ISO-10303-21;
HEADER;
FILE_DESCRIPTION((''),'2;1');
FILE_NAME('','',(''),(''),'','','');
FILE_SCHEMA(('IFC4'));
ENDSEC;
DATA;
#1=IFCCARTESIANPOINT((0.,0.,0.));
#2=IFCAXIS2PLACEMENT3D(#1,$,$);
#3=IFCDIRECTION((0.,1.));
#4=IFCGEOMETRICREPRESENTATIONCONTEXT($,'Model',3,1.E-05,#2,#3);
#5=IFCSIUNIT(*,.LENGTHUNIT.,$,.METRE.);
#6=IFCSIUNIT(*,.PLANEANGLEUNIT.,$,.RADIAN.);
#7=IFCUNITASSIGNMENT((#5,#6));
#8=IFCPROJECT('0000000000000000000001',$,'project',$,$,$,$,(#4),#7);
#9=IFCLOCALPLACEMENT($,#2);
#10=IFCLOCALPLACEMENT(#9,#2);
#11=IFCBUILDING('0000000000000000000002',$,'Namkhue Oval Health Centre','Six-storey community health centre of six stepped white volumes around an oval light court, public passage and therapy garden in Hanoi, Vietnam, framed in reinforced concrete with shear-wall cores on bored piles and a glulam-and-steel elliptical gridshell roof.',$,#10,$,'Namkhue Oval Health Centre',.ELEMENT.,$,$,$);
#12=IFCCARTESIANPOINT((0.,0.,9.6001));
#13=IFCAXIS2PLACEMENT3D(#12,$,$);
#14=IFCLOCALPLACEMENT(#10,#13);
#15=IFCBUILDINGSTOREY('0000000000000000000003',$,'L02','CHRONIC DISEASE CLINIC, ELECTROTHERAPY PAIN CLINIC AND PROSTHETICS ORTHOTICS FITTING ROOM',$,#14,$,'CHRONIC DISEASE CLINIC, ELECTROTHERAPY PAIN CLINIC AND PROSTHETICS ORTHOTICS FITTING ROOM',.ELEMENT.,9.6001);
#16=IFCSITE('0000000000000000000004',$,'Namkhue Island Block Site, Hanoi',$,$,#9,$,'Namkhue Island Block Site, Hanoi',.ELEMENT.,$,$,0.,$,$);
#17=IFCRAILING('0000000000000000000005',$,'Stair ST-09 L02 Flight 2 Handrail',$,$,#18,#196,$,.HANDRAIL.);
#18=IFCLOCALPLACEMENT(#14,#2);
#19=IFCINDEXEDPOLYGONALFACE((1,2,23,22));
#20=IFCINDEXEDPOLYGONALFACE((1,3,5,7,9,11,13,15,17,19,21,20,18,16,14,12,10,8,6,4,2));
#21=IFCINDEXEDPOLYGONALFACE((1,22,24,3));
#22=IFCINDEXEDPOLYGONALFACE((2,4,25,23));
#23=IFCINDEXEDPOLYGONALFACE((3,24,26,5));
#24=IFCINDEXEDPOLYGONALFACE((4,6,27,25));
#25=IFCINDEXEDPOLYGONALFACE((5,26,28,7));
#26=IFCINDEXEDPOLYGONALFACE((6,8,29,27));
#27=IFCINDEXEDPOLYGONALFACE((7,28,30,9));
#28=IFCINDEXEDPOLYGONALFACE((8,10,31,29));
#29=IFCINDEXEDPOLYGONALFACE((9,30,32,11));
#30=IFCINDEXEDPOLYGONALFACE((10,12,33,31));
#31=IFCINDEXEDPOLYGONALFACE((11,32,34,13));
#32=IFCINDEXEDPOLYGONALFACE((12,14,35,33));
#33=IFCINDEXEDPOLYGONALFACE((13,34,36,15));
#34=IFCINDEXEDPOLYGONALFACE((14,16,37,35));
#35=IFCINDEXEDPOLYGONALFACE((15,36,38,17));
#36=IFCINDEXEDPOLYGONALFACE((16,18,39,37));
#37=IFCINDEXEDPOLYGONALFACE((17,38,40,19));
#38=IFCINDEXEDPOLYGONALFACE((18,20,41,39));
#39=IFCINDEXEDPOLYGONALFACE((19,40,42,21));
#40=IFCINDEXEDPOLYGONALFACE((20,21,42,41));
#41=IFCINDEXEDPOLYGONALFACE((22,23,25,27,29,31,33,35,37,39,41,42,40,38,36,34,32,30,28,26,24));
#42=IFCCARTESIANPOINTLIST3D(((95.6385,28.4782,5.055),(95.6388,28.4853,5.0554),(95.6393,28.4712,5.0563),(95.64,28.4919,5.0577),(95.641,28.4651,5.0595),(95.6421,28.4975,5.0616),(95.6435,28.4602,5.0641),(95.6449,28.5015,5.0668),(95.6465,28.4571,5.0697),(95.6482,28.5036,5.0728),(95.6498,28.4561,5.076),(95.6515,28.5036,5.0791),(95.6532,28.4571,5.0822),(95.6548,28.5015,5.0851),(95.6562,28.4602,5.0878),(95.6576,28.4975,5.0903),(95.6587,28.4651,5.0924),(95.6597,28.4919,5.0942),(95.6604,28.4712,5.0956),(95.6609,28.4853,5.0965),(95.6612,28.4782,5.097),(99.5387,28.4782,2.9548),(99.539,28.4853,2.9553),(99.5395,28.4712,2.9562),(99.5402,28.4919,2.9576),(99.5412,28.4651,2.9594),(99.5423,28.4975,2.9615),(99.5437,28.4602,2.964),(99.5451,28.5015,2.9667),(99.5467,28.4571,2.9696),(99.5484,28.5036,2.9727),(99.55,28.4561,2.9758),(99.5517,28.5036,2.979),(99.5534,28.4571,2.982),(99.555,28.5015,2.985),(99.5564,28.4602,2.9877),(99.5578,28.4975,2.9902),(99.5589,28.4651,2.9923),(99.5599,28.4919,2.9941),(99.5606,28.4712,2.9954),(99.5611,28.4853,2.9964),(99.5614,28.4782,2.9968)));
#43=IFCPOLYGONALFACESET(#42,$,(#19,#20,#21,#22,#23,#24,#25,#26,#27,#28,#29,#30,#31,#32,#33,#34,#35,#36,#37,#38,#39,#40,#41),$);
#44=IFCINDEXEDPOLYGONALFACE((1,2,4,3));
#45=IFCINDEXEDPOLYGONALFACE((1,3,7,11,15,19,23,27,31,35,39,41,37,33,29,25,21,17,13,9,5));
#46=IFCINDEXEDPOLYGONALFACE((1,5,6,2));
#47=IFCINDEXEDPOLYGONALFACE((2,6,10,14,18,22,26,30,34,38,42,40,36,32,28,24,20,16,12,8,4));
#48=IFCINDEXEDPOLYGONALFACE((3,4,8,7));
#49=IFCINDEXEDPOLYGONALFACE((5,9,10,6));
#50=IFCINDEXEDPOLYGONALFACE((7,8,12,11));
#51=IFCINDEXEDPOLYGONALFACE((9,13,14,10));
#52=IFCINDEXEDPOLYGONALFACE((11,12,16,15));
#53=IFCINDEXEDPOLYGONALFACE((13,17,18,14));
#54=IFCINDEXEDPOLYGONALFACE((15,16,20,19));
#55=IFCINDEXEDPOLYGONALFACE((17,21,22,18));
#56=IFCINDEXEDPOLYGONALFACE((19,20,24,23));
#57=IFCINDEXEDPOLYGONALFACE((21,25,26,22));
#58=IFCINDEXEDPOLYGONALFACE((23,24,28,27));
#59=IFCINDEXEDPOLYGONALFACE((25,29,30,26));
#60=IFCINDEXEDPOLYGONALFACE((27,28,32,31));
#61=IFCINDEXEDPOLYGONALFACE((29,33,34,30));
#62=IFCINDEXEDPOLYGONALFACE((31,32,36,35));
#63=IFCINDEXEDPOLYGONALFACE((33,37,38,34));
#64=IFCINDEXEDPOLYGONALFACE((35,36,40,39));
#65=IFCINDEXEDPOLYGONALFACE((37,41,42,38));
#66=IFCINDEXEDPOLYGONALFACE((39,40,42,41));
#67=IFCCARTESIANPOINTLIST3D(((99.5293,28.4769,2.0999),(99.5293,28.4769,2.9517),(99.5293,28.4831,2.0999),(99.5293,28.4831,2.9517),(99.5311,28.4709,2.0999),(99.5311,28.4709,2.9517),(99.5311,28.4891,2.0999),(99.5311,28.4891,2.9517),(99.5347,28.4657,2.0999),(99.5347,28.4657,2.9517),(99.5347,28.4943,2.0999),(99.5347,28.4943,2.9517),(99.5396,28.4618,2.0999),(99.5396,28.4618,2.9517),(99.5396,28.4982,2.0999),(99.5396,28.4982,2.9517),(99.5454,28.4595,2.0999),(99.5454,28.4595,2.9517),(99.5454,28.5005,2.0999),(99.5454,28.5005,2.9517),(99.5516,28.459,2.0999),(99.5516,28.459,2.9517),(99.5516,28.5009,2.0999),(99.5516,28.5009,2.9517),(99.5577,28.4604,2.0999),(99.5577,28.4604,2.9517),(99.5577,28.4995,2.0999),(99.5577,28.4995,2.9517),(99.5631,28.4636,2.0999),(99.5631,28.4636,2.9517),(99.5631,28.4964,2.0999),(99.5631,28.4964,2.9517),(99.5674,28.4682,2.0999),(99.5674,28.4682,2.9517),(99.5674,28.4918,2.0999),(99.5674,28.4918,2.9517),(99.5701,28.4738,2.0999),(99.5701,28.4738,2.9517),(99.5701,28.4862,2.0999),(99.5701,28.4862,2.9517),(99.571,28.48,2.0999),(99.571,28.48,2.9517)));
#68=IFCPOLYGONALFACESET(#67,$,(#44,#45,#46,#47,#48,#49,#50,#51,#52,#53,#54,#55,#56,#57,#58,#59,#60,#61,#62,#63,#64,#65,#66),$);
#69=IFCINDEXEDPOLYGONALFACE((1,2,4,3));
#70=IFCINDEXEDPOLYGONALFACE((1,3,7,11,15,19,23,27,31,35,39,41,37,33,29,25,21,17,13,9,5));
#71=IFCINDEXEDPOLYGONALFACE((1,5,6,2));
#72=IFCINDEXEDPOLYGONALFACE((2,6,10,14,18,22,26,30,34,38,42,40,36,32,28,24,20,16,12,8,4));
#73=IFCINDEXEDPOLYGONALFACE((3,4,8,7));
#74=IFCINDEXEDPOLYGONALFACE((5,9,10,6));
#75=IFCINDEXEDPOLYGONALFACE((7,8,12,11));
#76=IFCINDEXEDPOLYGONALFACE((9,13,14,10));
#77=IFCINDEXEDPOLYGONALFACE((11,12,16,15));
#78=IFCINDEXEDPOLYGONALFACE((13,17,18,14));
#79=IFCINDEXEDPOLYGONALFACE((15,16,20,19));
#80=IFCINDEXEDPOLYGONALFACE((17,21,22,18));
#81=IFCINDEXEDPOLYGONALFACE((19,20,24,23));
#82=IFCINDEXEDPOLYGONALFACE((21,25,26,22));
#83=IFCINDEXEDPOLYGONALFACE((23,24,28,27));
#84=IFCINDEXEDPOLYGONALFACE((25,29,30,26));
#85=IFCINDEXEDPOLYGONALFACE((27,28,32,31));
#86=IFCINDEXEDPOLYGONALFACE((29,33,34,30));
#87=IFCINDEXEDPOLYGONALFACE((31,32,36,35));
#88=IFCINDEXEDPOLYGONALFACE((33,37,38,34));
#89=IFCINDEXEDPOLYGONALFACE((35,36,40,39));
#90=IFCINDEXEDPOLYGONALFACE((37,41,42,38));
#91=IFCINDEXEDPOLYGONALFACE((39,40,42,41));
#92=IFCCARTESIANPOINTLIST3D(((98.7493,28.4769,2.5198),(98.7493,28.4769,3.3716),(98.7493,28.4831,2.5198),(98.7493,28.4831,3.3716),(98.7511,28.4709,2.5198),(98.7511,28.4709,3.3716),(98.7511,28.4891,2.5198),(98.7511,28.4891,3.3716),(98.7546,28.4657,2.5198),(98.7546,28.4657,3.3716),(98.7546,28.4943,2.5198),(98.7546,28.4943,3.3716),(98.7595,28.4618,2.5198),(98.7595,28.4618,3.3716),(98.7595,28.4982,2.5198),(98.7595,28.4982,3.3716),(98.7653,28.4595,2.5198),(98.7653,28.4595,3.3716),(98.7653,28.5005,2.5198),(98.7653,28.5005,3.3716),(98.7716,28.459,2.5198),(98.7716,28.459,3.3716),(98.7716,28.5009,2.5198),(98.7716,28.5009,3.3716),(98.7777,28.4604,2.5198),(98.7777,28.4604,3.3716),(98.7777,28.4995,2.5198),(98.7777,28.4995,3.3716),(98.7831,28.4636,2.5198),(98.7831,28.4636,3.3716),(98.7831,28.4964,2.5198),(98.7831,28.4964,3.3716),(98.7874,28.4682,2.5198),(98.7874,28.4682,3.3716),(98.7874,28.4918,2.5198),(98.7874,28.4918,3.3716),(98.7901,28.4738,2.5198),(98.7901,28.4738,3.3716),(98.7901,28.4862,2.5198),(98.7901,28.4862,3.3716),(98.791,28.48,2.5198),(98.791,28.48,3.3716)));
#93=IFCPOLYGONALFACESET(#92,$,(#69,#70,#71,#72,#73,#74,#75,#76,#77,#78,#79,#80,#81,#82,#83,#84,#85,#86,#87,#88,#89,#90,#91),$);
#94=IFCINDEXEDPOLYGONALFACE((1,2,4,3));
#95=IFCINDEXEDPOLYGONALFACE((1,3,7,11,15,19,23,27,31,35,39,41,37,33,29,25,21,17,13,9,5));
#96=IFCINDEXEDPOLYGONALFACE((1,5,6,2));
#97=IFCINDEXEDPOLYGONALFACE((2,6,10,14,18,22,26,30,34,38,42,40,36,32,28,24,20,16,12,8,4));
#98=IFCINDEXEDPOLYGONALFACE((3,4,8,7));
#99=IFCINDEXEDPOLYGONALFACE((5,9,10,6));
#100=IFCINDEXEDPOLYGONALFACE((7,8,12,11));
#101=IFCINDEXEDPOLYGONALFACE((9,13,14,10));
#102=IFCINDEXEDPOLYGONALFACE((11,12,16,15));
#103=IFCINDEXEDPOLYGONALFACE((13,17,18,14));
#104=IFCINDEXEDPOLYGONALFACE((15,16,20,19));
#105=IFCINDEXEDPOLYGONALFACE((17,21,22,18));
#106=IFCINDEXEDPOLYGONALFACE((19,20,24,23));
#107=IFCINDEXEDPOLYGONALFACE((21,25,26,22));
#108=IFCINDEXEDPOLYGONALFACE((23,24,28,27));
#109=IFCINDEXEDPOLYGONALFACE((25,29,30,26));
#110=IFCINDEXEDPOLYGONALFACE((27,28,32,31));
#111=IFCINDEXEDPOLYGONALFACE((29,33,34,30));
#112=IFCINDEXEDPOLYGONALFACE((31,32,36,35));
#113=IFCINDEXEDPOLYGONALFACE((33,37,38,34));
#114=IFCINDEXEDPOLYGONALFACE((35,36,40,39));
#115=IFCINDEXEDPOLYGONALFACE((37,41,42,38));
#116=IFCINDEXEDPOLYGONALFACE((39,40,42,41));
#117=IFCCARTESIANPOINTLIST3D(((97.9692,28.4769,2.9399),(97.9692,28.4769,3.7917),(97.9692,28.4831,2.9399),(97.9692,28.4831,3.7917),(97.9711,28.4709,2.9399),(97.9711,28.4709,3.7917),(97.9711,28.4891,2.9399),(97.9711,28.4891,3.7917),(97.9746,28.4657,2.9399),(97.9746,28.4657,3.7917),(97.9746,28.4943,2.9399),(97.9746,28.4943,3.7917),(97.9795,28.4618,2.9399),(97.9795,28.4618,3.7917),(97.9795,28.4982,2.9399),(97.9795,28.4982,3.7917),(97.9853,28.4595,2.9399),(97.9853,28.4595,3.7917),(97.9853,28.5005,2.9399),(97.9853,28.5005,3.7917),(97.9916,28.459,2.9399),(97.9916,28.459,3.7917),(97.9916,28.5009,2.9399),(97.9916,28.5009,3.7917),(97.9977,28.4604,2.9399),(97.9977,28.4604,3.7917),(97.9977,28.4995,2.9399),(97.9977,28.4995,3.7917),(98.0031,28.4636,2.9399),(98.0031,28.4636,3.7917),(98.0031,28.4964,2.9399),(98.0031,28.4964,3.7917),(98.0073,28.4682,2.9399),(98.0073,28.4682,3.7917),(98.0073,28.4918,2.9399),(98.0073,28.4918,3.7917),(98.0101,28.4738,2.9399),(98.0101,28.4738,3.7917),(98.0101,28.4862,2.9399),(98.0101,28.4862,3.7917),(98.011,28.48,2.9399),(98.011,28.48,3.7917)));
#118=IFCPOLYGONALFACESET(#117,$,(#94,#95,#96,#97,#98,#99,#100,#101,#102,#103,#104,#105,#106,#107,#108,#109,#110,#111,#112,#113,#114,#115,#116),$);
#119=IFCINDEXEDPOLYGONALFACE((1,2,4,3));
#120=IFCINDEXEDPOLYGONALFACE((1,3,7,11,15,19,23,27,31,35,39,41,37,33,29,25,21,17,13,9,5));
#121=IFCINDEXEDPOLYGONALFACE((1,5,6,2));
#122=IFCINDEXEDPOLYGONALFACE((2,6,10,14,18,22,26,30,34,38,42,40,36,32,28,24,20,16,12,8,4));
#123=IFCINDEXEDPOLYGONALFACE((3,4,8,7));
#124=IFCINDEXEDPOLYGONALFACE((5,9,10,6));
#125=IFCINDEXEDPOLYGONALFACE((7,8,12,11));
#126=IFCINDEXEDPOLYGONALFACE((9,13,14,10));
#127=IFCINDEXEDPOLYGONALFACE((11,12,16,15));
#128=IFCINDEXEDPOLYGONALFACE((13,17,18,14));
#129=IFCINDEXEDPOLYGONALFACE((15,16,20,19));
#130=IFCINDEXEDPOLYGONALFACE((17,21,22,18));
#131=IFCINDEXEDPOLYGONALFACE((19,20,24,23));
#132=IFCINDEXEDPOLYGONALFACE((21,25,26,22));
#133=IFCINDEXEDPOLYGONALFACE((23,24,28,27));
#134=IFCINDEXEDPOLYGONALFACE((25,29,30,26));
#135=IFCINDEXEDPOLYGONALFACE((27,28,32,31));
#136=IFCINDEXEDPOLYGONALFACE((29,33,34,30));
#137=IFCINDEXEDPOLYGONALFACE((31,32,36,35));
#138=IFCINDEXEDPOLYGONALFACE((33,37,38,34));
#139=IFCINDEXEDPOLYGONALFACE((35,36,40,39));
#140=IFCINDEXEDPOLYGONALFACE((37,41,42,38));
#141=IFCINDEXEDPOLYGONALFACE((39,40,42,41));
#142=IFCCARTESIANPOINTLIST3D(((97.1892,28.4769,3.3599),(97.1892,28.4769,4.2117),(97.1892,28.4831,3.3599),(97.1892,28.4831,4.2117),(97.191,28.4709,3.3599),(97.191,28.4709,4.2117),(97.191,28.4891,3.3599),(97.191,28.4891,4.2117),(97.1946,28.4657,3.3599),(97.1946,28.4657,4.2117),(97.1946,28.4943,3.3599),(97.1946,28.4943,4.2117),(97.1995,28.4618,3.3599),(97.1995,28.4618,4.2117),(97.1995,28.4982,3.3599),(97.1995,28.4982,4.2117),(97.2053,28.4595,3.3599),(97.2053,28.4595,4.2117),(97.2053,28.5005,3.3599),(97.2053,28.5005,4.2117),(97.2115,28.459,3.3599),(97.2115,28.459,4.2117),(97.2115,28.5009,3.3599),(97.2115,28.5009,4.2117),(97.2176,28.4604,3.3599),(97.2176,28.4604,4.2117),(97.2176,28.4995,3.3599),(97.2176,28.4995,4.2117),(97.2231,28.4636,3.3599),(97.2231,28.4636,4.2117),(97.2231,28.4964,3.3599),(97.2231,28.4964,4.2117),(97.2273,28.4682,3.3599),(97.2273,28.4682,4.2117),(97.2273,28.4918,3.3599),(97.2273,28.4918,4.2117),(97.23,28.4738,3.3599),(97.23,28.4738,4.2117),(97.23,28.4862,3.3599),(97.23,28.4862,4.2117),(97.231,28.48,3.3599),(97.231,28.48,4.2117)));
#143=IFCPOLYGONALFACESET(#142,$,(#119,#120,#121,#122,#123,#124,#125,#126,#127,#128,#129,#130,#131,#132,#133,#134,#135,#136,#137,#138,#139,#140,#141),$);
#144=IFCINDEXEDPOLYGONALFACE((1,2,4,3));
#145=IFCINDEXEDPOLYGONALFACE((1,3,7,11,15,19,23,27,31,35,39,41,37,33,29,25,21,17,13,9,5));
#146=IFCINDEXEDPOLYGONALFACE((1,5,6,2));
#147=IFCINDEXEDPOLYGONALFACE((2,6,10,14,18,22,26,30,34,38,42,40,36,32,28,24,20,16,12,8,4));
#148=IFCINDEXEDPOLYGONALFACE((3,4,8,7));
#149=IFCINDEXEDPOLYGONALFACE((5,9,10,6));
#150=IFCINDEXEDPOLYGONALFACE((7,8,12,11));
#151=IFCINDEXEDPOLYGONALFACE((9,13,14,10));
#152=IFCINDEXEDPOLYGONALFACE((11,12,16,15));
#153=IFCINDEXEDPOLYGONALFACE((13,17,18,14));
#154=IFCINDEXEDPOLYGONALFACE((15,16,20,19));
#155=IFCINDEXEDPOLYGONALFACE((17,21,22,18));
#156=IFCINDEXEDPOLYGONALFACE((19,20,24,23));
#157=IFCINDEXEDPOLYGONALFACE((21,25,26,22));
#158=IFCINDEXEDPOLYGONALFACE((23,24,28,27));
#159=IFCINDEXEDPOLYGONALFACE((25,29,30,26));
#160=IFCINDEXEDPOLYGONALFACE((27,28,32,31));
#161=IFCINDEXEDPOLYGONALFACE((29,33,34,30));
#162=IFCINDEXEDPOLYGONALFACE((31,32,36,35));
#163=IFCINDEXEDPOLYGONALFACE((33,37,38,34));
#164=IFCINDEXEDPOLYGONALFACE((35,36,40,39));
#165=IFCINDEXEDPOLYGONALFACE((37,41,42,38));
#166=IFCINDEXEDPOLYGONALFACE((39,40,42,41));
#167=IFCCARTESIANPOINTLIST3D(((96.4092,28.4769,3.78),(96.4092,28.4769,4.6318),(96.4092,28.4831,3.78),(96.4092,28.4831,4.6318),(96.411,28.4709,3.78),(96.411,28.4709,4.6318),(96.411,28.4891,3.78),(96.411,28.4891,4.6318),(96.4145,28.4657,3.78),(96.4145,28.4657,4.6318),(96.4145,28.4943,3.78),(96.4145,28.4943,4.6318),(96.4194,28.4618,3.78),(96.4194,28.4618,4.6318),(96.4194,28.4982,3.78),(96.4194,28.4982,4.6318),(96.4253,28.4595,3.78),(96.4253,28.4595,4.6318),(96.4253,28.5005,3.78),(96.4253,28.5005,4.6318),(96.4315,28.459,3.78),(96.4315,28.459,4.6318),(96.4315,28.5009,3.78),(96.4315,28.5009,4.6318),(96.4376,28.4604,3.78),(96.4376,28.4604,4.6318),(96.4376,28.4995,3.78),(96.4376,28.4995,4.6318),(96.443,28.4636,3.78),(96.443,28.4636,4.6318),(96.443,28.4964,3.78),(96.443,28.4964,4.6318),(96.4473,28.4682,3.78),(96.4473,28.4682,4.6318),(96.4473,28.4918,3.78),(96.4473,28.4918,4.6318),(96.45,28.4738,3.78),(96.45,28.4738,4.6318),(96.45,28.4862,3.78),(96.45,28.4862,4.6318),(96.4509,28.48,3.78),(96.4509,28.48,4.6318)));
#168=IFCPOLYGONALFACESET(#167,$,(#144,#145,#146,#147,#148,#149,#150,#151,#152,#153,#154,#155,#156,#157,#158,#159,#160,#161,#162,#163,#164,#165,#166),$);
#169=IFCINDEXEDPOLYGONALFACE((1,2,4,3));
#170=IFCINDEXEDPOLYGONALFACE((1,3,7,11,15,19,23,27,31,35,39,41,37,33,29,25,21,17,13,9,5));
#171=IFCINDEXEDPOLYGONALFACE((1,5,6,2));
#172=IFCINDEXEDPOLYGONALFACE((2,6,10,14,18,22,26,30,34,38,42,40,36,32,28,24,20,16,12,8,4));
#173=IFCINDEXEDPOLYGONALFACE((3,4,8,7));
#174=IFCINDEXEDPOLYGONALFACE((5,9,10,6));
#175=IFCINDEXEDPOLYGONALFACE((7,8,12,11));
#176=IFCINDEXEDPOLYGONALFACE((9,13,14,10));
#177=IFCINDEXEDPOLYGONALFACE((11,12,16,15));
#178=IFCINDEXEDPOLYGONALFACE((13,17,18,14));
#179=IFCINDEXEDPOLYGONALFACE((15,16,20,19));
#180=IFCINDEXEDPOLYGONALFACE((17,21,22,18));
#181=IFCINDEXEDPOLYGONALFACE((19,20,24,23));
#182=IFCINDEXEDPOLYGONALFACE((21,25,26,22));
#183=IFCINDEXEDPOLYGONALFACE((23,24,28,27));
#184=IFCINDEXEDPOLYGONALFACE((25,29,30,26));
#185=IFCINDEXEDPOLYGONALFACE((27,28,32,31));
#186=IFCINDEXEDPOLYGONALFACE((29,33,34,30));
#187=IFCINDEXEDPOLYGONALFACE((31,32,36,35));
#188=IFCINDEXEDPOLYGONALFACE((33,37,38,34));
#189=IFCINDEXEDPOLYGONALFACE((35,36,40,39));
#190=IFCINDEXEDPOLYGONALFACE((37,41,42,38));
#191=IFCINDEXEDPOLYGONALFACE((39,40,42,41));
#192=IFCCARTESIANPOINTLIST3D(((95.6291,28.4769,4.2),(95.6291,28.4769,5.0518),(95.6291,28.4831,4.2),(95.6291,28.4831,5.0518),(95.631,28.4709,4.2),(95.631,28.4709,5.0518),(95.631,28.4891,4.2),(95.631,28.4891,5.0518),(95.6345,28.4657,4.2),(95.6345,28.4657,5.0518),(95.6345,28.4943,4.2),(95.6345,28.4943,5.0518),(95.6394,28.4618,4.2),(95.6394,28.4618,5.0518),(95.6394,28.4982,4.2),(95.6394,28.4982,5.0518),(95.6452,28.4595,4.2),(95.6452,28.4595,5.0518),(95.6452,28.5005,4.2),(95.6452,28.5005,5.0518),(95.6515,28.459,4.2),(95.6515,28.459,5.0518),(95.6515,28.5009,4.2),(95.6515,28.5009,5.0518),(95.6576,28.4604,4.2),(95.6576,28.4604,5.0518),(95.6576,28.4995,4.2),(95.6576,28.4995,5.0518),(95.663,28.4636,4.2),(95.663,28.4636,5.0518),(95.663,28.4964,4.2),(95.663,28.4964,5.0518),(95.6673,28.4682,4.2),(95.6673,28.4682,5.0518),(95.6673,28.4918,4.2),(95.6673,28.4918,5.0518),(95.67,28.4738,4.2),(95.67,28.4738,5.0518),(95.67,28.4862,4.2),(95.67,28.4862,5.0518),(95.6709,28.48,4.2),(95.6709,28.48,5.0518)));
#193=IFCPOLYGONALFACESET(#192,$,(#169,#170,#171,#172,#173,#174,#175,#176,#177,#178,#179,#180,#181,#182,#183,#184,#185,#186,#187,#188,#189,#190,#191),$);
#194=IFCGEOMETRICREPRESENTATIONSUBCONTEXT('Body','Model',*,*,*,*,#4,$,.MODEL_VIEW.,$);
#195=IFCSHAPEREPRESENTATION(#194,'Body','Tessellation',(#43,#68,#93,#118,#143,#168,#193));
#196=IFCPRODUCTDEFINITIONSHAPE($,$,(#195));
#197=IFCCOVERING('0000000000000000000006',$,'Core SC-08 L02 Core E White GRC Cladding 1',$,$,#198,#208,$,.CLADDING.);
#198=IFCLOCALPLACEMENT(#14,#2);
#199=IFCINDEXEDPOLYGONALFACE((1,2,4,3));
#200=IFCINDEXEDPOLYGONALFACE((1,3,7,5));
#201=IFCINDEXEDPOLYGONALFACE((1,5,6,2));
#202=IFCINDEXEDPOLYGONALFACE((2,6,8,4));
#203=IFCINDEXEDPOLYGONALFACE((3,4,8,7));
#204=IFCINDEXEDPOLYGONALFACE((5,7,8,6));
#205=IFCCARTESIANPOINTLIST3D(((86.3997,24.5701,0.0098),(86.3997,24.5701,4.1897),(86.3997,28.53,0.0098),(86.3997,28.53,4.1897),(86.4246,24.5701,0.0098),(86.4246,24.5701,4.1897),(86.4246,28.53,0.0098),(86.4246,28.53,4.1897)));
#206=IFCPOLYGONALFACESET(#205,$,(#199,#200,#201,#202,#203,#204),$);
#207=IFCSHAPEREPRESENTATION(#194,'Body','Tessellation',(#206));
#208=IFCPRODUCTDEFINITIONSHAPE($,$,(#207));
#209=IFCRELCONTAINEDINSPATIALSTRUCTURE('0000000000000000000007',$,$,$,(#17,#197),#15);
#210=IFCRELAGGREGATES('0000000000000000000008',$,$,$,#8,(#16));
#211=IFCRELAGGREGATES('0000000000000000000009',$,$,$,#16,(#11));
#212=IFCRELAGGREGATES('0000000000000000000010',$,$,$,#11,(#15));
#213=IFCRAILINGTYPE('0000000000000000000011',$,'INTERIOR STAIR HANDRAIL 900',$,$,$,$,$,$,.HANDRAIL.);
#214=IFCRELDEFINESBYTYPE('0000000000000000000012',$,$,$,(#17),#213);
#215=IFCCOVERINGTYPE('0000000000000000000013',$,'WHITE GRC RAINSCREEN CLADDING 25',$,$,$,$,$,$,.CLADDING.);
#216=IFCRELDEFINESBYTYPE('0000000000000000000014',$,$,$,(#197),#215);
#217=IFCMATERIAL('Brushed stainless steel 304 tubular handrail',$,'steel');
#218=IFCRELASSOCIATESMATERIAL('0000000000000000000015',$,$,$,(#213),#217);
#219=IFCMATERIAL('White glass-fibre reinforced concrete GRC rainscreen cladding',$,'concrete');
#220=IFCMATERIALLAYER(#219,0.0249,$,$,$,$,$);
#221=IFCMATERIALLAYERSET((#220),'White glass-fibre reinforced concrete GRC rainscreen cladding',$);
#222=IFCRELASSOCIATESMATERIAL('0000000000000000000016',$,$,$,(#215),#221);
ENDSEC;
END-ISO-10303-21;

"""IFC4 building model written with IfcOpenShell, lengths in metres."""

from ifc_helpers import new_model, si_unit, direction, frame, origin, origin_2d, place, context, subcontext, project, spatial, rectangle, circle, extrude, material, layer, layer_set, type_object, element, save


model = new_model("IFC4")

# Units and contexts
model_context = context("Model", 3, precision=1e-05, world=origin(), true_north=direction((0.0, 1.0)))
body_context = subcontext(model_context, "Body", "Model", "MODEL_VIEW")
ifc_project = project(units=[si_unit("LENGTHUNIT", "METRE"), si_unit("PLANEANGLEUNIT", "RADIAN")], contexts=[model_context])

# Site, building, storey
site_placement = place(None, origin())
site = spatial("IfcSite", under=ifc_project, at=site_placement, Name="Namkhue Island Block Site, Hanoi", LongName="Namkhue Island Block Site, Hanoi", CompositionType="ELEMENT", RefElevation=0.0)
building_placement = place(site_placement, origin())
building = spatial("IfcBuilding", under=site, at=building_placement, Name="Namkhue Oval Health Centre", Description="Six-storey community health centre of six stepped white volumes around an oval light court, public passage and therapy garden in Hanoi, Vietnam, framed in reinforced concrete with shear-wall cores on bored piles and a glulam-and-steel elliptical gridshell roof.", LongName="Namkhue Oval Health Centre", CompositionType="ELEMENT")
storey_placement = place(building_placement, frame((0.0, 0.0, 9.6001)))
storey = spatial("IfcBuildingStorey", under=building, at=storey_placement, Name="L02", Description="CHRONIC DISEASE CLINIC, ELECTROTHERAPY PAIN CLINIC AND PROSTHETICS ORTHOTICS FITTING ROOM", LongName="CHRONIC DISEASE CLINIC, ELECTROTHERAPY PAIN CLINIC AND PROSTHETICS ORTHOTICS FITTING ROOM", CompositionType="ELEMENT", Elevation=9.6001)

# Railing
ifc_material_1 = material(Name="Brushed stainless steel 304 tubular handrail", Category="steel")
railing_type_1 = type_object("IfcRailingType", Name="INTERIOR STAIR HANDRAIL 900", PredefinedType="HANDRAIL", material=ifc_material_1)
railing_1_placement = place(storey_placement, frame((99.55, 28.48, 2.0999)))
element("IfcRailing", 1, at=railing_1_placement, inside=storey, type_object=railing_type_1, Name="Stair ST-09 L02 Flight 2 Handrail", PredefinedType="HANDRAIL", context=body_context, shape_type="SweptSolid", body=[
    extrude(circle(Radius=0.0239, at=origin_2d()), frame((0.0, 0.0, 0.876), z_axis=(-0.880469, 0.0, 0.474103), x_axis=(0.0, -1.0, 0.0)), (0.0, 0.0, 1.0), 4.4297),
    extrude(circle(Radius=0.021, at=origin_2d()), origin(), (0.0, 0.0, 1.0), 0.8518),
    extrude(circle(Radius=0.021, at=origin_2d()), frame((-0.78, 0.0, 0.4199)), (0.0, 0.0, 1.0), 0.8518),
    extrude(circle(Radius=0.021, at=origin_2d()), frame((-1.5601, 0.0, 0.8401)), (0.0, 0.0, 1.0), 0.8518),
    extrude(circle(Radius=0.021, at=origin_2d()), frame((-2.3401, 0.0, 1.26)), (0.0, 0.0, 1.0), 0.8518),
    extrude(circle(Radius=0.021, at=origin_2d()), frame((-3.1201, 0.0, 1.6802)), (0.0, 0.0, 1.0), 0.8518),
    extrude(circle(Radius=0.021, at=origin_2d()), frame((-3.9001, 0.0, 2.1001)), (0.0, 0.0, 1.0), 0.8518),
])

# Covering
ifc_material_2 = material(Name="White glass-fibre reinforced concrete GRC rainscreen cladding", Category="concrete")
ifc_layer_1 = layer(ifc_material_2, 0.0249)
ifc_layer_set_1 = layer_set([ifc_layer_1], Name="White glass-fibre reinforced concrete GRC rainscreen cladding")
covering_type = type_object("IfcCoveringType", Name="WHITE GRC RAINSCREEN CLADDING 25", PredefinedType="CLADDING", material=ifc_layer_set_1)
for number, where, z_axis, x_axis, name in (
    (2, (86.4121, 26.55, 0.0098), (0.0, 0.0, 1.0), (0.0, 1.0, 0.0), "Core SC-08 L02 Core E White GRC Cladding 1"),
):
    element("IfcCovering", number, at=place(storey_placement, frame(where, z_axis=z_axis, x_axis=x_axis)), inside=storey, type_object=covering_type, Name=name, PredefinedType="CLADDING", context=body_context, shape_type="SweptSolid", body=[
        extrude(rectangle(XDim=3.96, YDim=0.0249, at=origin_2d()), origin(), (0.0, 0.0, 1.0), 4.1799),
    ])

save(model, "model.ifc")
